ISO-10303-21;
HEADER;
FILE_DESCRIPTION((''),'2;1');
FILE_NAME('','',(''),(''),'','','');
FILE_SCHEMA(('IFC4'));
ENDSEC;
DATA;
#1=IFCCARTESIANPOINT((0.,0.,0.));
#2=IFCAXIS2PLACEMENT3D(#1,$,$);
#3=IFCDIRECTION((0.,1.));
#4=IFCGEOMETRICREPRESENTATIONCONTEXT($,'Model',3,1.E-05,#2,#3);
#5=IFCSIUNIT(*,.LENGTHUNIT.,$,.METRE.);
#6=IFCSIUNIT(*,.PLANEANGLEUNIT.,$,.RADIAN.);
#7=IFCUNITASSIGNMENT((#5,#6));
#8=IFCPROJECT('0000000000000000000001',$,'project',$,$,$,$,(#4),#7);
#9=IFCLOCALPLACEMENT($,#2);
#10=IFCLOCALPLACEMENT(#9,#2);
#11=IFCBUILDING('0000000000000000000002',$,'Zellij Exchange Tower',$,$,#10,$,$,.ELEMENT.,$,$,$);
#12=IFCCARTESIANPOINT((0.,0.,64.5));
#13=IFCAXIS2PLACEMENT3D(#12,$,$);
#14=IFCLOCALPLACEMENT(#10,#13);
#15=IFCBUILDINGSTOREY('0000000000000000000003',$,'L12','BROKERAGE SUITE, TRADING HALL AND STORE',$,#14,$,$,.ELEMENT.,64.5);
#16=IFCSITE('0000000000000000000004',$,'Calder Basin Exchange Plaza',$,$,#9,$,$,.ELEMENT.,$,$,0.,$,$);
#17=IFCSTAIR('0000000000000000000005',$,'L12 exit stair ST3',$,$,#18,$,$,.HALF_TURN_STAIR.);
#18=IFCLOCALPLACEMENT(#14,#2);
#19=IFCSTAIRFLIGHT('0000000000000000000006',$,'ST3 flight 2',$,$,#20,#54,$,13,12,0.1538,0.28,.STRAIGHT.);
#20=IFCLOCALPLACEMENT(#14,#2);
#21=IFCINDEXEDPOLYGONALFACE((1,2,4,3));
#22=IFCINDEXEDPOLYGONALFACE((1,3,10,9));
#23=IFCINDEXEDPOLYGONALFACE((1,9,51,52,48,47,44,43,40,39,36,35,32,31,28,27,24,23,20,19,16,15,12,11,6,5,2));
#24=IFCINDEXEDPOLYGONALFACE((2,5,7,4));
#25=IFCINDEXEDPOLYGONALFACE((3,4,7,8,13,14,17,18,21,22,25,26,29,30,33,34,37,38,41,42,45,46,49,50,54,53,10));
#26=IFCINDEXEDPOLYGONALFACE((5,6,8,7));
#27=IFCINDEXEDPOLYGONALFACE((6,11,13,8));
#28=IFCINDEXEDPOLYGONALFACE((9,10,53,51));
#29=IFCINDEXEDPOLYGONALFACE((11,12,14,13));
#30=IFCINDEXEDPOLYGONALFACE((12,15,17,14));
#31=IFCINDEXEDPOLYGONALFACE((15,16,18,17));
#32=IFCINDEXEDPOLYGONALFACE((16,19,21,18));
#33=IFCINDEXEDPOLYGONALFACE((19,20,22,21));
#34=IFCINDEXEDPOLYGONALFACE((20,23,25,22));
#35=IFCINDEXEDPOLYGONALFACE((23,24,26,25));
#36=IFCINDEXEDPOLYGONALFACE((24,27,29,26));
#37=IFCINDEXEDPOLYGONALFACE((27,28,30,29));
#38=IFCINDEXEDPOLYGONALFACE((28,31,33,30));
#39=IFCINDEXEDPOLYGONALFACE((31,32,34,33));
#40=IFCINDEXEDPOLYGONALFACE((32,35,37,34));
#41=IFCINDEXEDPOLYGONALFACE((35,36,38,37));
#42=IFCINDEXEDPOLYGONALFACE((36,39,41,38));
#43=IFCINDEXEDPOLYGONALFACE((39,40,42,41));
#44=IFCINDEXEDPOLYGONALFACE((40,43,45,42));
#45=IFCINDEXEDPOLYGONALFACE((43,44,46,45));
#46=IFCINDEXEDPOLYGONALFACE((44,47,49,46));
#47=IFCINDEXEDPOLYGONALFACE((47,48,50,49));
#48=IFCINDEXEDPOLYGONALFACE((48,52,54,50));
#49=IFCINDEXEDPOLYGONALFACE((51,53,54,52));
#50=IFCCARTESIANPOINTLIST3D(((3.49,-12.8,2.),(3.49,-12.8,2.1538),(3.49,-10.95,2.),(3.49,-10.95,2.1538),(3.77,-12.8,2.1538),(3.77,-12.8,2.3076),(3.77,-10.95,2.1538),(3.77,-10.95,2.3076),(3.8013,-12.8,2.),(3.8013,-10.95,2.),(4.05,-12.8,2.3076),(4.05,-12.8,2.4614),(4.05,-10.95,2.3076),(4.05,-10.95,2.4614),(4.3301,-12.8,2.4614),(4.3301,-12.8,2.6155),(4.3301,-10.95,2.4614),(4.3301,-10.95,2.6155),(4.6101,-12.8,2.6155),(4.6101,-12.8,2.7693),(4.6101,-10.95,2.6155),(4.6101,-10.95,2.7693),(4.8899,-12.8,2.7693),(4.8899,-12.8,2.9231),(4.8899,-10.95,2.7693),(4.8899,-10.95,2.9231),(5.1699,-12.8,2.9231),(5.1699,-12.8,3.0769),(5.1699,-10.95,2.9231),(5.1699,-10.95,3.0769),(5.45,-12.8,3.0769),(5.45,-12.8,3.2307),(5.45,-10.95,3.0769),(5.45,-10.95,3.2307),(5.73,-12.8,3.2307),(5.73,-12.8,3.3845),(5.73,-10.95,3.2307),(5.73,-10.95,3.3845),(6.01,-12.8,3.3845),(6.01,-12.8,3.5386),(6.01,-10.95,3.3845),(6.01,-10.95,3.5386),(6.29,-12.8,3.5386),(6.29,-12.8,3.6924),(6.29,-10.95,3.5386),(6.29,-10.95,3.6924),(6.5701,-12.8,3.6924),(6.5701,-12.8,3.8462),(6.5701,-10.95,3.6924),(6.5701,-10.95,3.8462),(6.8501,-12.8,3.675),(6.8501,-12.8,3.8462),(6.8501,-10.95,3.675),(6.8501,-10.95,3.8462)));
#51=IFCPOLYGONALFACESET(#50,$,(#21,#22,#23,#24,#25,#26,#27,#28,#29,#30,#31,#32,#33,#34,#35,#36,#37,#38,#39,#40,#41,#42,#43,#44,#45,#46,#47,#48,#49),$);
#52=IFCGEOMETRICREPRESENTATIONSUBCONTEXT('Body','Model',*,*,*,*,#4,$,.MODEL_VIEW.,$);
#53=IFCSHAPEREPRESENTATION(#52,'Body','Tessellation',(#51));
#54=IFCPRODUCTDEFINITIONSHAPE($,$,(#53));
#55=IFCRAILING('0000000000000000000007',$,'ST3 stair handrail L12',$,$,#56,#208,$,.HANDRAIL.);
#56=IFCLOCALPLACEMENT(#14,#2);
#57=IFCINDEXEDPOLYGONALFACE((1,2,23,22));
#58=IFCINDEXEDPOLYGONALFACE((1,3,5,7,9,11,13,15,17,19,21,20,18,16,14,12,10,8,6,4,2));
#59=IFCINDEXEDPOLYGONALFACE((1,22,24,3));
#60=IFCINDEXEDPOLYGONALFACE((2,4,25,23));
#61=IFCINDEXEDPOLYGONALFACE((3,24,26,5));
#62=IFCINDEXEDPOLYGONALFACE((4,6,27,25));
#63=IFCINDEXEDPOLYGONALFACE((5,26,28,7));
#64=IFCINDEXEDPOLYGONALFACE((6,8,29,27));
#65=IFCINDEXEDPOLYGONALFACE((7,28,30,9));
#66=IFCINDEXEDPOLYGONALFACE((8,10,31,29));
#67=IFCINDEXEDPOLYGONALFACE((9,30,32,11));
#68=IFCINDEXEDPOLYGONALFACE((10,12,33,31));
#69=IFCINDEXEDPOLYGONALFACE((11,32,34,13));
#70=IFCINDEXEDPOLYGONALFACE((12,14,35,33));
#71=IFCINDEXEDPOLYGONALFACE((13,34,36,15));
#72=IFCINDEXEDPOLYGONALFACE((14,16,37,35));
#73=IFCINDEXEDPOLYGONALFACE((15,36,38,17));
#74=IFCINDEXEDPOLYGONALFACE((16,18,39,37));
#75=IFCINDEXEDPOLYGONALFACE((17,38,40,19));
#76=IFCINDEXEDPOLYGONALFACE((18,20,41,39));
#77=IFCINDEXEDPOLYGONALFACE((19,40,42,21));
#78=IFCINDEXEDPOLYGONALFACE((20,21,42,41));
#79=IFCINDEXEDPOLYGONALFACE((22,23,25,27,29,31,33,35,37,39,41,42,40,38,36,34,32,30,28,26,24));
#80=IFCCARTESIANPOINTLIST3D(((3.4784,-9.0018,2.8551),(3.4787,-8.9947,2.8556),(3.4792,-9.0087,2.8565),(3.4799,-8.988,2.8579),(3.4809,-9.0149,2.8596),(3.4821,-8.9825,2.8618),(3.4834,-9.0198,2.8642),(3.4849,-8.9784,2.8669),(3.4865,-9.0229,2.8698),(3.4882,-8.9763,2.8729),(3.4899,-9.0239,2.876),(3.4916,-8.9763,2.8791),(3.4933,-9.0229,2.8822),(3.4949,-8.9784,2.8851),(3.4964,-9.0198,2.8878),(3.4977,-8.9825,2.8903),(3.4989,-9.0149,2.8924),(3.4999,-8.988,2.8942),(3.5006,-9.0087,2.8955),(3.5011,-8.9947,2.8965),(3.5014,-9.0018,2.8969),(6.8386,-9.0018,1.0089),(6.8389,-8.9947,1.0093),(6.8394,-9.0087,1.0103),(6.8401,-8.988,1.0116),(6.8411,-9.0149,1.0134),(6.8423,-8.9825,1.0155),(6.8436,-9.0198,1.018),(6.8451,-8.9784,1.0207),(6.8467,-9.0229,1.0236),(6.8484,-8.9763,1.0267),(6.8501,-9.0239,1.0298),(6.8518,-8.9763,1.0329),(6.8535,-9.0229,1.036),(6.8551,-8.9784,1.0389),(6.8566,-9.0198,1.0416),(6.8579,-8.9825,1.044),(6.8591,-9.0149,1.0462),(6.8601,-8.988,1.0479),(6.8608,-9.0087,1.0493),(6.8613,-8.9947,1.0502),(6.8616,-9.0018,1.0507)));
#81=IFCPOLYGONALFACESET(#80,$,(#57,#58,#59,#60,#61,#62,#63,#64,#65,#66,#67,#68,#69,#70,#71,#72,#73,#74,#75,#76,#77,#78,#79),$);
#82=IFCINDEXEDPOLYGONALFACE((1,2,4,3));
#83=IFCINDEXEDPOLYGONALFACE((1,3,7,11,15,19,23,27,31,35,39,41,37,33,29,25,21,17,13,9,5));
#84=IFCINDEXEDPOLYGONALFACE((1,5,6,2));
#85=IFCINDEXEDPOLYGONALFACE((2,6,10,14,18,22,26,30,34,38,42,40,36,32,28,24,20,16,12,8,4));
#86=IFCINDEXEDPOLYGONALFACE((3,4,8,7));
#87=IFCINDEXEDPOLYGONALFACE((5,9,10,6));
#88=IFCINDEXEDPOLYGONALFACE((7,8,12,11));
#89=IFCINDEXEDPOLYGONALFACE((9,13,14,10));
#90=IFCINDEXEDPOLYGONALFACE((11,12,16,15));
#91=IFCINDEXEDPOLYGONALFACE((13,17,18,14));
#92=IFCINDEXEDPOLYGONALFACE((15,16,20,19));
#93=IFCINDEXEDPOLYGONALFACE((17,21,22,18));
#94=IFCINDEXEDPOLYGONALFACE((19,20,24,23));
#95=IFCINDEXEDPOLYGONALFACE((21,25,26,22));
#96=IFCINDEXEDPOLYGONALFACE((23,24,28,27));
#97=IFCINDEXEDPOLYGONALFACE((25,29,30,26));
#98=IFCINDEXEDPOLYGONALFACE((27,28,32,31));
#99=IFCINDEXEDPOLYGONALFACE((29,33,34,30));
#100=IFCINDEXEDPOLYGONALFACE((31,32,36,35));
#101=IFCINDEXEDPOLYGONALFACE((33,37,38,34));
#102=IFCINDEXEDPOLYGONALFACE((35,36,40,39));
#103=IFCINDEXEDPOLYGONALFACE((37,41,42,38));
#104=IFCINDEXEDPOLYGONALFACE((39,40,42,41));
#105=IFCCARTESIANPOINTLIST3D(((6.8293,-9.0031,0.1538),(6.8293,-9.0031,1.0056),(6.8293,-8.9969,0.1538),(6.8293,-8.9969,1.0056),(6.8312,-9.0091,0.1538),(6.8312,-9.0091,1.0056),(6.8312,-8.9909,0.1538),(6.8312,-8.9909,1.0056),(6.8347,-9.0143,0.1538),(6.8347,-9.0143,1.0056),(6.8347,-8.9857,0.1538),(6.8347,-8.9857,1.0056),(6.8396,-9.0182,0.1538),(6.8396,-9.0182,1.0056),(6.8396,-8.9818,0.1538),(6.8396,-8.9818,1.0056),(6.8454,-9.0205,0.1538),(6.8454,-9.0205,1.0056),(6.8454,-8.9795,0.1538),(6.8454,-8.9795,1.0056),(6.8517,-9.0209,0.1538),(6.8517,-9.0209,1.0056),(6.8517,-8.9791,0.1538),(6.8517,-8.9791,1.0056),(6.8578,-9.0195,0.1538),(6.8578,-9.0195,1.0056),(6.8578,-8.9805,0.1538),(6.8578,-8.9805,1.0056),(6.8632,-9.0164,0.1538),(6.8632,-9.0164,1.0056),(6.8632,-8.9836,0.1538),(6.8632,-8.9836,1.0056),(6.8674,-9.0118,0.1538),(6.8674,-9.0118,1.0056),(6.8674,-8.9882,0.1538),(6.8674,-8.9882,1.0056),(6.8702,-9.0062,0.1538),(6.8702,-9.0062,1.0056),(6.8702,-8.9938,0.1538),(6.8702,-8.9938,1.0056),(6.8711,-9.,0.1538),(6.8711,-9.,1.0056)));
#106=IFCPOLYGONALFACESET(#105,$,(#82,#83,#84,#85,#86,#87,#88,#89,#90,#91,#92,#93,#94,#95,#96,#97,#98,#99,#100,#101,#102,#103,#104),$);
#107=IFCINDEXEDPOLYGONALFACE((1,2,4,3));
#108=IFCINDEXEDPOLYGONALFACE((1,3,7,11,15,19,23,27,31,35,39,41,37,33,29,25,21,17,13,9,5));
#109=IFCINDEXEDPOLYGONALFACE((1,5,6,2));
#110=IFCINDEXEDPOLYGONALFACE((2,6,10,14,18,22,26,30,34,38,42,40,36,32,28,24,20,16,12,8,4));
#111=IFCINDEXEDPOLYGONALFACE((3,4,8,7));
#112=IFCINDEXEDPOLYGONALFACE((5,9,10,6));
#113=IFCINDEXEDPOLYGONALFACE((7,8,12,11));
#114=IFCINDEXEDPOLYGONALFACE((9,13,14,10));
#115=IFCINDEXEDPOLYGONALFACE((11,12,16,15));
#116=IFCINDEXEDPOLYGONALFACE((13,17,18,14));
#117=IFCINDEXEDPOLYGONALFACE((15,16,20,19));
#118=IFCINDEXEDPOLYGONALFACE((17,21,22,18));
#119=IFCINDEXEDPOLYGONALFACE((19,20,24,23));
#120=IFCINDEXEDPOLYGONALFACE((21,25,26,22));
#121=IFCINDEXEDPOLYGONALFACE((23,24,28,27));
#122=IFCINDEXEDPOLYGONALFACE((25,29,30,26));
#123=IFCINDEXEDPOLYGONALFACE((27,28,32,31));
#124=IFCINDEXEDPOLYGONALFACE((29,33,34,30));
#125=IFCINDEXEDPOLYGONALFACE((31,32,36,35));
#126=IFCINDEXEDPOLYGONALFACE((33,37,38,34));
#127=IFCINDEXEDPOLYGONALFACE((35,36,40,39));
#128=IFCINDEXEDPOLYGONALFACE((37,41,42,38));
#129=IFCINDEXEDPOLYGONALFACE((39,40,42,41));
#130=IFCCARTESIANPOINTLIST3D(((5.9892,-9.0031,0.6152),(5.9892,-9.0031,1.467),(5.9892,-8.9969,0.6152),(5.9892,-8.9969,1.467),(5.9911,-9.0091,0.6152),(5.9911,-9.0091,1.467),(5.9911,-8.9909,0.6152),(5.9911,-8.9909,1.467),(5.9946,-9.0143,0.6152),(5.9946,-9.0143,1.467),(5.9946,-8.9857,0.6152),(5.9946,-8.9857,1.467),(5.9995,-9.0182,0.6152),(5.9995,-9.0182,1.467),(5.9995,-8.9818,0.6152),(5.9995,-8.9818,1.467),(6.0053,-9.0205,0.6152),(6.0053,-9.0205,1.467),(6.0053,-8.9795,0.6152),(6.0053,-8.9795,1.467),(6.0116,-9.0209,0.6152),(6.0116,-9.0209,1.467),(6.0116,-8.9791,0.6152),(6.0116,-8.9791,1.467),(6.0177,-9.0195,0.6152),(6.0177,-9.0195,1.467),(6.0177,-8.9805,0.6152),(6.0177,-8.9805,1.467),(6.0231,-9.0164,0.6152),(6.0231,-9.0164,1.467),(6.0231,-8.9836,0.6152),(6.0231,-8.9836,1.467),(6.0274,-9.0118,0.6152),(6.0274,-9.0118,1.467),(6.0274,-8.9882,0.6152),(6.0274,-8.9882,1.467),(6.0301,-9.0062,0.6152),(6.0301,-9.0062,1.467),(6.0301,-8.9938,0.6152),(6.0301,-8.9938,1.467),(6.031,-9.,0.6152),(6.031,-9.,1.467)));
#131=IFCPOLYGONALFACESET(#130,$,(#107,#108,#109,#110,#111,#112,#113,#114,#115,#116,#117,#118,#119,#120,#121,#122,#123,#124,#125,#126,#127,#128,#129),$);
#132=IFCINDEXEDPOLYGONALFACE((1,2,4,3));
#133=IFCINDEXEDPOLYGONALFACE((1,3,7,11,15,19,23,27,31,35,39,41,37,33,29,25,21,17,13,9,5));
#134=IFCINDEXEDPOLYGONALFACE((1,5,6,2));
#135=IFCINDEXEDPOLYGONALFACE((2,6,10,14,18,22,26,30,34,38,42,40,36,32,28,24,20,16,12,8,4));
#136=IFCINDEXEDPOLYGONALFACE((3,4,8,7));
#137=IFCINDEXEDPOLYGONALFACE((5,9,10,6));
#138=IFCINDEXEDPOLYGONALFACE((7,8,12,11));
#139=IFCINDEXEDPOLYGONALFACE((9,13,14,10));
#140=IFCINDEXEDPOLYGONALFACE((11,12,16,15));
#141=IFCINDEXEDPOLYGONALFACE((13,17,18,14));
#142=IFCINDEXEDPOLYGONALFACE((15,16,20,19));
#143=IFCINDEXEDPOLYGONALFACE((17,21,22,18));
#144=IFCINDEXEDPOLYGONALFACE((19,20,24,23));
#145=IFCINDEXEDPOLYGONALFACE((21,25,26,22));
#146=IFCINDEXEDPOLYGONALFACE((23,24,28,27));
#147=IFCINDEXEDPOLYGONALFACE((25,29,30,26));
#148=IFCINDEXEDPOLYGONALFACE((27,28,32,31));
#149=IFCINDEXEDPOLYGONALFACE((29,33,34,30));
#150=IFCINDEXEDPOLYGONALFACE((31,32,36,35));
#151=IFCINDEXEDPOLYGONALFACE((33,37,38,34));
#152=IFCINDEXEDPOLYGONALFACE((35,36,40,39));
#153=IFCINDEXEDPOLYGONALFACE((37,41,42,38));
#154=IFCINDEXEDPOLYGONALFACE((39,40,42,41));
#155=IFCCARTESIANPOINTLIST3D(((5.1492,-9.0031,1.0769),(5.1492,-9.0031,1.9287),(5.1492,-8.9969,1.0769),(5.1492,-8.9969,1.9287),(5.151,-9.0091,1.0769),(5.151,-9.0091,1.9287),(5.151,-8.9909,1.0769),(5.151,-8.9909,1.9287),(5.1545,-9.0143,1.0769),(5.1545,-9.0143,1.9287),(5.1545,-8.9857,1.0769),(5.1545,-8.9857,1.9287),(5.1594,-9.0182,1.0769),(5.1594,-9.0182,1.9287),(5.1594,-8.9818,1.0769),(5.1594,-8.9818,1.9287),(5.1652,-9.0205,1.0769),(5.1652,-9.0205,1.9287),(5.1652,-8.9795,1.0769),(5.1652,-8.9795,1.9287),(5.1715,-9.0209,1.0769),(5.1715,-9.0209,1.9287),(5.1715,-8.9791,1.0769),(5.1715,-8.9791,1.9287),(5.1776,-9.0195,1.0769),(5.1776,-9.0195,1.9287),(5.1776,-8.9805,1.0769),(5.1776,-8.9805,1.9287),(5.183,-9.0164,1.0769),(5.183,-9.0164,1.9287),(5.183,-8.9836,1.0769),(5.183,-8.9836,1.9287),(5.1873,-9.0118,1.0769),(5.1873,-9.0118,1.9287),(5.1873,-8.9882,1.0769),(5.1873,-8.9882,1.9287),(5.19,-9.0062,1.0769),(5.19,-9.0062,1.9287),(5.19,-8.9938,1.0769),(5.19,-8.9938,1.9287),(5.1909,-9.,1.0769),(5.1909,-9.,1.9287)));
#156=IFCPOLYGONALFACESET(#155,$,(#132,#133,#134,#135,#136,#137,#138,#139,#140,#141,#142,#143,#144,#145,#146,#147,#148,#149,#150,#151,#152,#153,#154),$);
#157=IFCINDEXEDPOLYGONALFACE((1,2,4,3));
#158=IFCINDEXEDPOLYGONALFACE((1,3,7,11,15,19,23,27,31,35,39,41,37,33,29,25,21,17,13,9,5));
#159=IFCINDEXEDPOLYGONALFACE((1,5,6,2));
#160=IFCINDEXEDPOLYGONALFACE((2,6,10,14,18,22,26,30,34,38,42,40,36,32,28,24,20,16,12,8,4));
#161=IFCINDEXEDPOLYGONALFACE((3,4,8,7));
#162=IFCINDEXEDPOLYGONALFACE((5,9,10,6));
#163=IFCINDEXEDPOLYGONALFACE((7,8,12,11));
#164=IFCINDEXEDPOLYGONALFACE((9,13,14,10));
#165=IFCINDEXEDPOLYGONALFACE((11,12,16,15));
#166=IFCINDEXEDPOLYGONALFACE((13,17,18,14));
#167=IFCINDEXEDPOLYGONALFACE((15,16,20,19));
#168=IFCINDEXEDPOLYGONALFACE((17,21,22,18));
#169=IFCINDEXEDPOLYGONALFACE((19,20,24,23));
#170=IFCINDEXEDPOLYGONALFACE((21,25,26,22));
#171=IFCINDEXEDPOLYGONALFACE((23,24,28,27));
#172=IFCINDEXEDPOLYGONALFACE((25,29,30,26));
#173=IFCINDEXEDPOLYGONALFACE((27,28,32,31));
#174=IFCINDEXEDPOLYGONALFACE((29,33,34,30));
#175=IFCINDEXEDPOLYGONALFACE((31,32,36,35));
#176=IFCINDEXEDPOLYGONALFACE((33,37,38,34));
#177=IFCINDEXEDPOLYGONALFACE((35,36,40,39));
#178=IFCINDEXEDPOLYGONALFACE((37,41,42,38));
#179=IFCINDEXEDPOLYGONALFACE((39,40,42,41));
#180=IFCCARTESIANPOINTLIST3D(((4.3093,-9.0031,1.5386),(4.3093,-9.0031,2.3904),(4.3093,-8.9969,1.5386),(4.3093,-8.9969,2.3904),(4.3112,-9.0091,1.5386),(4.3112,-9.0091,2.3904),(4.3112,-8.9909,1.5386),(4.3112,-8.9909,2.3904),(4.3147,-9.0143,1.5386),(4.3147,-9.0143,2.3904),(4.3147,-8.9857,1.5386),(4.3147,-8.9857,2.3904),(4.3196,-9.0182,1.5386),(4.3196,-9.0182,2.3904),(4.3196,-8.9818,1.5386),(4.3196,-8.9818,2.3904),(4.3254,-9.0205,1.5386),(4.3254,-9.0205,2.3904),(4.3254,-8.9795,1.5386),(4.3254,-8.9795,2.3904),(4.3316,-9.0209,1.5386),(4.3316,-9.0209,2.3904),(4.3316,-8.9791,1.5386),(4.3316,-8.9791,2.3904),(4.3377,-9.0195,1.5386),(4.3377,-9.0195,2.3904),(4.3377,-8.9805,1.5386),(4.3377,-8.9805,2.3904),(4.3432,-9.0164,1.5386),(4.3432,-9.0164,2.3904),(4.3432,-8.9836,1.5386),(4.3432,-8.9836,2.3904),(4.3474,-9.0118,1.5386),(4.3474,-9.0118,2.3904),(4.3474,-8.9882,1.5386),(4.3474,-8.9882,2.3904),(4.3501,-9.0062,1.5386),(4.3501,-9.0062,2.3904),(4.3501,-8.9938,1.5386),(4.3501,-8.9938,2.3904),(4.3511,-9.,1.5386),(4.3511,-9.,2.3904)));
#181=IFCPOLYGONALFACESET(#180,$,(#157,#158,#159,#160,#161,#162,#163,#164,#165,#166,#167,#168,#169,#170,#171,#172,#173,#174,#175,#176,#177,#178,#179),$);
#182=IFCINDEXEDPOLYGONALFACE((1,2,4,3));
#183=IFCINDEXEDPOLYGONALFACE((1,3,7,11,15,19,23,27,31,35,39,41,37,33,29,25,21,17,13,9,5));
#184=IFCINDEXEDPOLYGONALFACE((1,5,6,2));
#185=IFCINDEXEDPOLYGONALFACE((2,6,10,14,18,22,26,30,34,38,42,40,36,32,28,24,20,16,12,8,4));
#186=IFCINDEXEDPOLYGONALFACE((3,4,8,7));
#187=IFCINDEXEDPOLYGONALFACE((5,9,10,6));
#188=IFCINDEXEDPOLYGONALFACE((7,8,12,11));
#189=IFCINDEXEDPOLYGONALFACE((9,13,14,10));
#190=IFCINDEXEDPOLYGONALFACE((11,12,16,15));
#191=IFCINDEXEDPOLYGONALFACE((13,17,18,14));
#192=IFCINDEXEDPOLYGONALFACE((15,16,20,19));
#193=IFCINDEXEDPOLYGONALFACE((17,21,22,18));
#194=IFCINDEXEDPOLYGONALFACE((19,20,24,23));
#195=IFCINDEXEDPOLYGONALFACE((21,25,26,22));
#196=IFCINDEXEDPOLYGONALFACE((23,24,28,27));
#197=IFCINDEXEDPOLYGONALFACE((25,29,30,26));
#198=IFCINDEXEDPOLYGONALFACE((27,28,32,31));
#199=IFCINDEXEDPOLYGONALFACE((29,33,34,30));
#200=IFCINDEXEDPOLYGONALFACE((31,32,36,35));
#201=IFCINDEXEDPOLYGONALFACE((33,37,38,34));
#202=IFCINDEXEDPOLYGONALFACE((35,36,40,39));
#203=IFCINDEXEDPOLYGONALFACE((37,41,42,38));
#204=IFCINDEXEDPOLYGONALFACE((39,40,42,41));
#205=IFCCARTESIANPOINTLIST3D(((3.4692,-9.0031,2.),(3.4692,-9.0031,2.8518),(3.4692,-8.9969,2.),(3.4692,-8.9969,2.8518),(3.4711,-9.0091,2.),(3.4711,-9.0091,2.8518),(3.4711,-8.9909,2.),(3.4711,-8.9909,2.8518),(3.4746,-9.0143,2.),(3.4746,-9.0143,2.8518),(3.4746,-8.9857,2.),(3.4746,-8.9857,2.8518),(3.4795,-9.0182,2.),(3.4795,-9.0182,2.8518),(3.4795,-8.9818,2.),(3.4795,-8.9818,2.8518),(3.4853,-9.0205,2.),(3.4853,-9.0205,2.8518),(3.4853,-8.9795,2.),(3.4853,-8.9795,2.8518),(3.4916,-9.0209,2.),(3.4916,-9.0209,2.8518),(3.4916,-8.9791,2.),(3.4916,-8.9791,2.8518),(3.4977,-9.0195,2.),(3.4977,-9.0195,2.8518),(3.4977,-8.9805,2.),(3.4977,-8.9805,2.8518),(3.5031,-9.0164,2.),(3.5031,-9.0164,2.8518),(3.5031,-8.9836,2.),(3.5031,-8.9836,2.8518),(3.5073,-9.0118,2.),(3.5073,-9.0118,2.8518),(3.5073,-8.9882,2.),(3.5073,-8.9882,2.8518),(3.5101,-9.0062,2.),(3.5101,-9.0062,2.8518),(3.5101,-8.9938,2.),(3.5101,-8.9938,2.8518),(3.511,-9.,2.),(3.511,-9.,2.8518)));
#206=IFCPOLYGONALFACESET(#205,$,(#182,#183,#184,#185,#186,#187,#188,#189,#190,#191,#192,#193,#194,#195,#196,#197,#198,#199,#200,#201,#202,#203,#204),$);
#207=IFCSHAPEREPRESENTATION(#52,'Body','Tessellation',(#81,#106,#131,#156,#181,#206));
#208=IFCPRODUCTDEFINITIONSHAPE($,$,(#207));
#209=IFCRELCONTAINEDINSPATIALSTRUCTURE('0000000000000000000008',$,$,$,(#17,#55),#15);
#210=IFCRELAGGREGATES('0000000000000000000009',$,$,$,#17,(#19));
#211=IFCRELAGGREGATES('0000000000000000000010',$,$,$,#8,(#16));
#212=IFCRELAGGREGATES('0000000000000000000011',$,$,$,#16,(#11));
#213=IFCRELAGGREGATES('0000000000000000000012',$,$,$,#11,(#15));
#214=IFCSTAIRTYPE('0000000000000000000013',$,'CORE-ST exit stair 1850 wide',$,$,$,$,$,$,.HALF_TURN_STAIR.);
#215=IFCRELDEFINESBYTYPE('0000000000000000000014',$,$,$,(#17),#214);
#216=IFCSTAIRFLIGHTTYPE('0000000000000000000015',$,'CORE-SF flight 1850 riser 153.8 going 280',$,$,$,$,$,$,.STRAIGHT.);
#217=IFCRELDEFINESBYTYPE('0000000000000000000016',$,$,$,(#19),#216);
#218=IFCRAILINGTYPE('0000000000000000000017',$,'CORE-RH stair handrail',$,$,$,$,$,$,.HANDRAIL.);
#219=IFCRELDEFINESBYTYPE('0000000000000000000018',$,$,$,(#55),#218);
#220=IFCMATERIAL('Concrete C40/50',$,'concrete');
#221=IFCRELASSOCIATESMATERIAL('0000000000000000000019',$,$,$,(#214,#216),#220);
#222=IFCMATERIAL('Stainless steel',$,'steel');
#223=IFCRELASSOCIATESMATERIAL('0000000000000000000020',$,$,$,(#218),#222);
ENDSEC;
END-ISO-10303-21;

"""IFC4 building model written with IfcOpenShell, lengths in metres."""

from ifc_helpers import new_model, si_unit, direction, frame, origin, origin_2d, place, context, subcontext, project, spatial, polyline, circle, outline, extrude, material, type_object, element, aggregate, save


model = new_model("IFC4")

# Units and contexts
model_context = context("Model", 3, precision=1e-05, world=origin(), true_north=direction((0.0, 1.0)))
body_context = subcontext(model_context, "Body", "Model", "MODEL_VIEW")
ifc_project = project(units=[si_unit("LENGTHUNIT", "METRE"), si_unit("PLANEANGLEUNIT", "RADIAN")], contexts=[model_context])

# Site, building, storey
site_placement = place(None, origin())
site = spatial("IfcSite", under=ifc_project, at=site_placement, Name="Calder Basin Exchange Plaza", CompositionType="ELEMENT", RefElevation=0.0)
building_placement = place(site_placement, origin())
building = spatial("IfcBuilding", under=site, at=building_placement, Name="Zellij Exchange Tower", CompositionType="ELEMENT")
storey_placement = place(building_placement, frame((0.0, 0.0, 64.5)))
storey = spatial("IfcBuildingStorey", under=building, at=storey_placement, Name="L12", Description="BROKERAGE SUITE, TRADING HALL AND STORE", CompositionType="ELEMENT", Elevation=64.5)

# Stair, stair flight
ifc_material_1 = material(Name="Concrete C40/50", Category="concrete")
stair_type = type_object("IfcStairType", Name="CORE-ST exit stair 1850 wide", PredefinedType="HALF_TURN_STAIR", material=ifc_material_1)
stair_placement = place(storey_placement, origin())
stair = element("IfcStair", 1, at=stair_placement, inside=storey, type_object=stair_type, Name="L12 exit stair ST3", PredefinedType="HALF_TURN_STAIR")
stair_flight_type = type_object("IfcStairFlightType", Name="CORE-SF flight 1850 riser 153.8 going 280", PredefinedType="STRAIGHT", material=ifc_material_1)
stair_flight_1_placement = place(storey_placement, frame((3.49, -11.875, 2.0), z_axis=(0.0, 0.0, 1.0), x_axis=(1.0, 0.0, 0.0)))
stair_flight_1 = element("IfcStairFlight", 2, at=stair_flight_1_placement, type_object=stair_flight_type, Name="ST3 flight 2", NumberOfRisers=13, NumberOfTreads=12, PredefinedType="STRAIGHT", RiserHeight=0.1538, TreadLength=0.28, context=body_context, shape_type="SweptSolid", body=[
    extrude(outline(polyline([(0.0, 0.0), (0.0, 0.1538), (0.28, 0.1538), (0.28, 0.3076), (0.5601, 0.3076), (0.5601, 0.4614), (0.8401, 0.4614), (0.8401, 0.6155), (1.1201, 0.6155), (1.1201, 0.7693), (1.3999, 0.7693), (1.3999, 0.9231), (1.6799, 0.9231), (1.6799, 1.0769), (1.96, 1.0769), (1.96, 1.2307), (2.24, 1.2307), (2.24, 1.3845), (2.52, 1.3845), (2.52, 1.5386), (2.8, 1.5386), (2.8, 1.6924), (3.0801, 1.6924), (3.0801, 1.8462), (3.3601, 1.8462), (3.3601, 2.0), (3.3601, 1.675), (0.3113, 0.0), (0.0, 0.0)])), frame((0.0, 0.925, 0.0), z_axis=(0.0, -1.0, 0.0), x_axis=(1.0, 0.0, 0.0)), (0.0, 0.0, 1.0), 1.8501),
])
aggregate(stair, [stair_flight_1])

# Railing
ifc_material_2 = material(Name="Stainless steel", Category="steel")
railing_type_1 = type_object("IfcRailingType", Name="CORE-RH stair handrail", PredefinedType="HANDRAIL", material=ifc_material_2)
railing_1_placement = place(storey_placement, frame((6.8501, -9.0, 0.1538)))
element("IfcRailing", 3, at=railing_1_placement, inside=storey, type_object=railing_type_1, Name="ST3 stair handrail L12", PredefinedType="HANDRAIL", context=body_context, shape_type="SweptSolid", body=[
    extrude(circle(Radius=0.0239, at=origin_2d()), frame((0.0, 0.0, 0.876), z_axis=(-0.876422, 0.0, 0.481545), x_axis=(0.0, -1.0, 0.0)), (0.0, 0.0, 1.0), 3.834),
    extrude(circle(Radius=0.021, at=origin_2d()), origin(), (0.0, 0.0, 1.0), 0.8518),
    extrude(circle(Radius=0.021, at=origin_2d()), frame((-0.8401, 0.0, 0.4614)), (0.0, 0.0, 1.0), 0.8518),
    extrude(circle(Radius=0.021, at=origin_2d()), frame((-1.6802, 0.0, 0.9231)), (0.0, 0.0, 1.0), 0.8518),
    extrude(circle(Radius=0.021, at=origin_2d()), frame((-2.52, 0.0, 1.3848)), (0.0, 0.0, 1.0), 0.8518),
    extrude(circle(Radius=0.021, at=origin_2d()), frame((-3.3601, 0.0, 1.8462)), (0.0, 0.0, 1.0), 0.8518),
])

save(model, "model.ifc")
